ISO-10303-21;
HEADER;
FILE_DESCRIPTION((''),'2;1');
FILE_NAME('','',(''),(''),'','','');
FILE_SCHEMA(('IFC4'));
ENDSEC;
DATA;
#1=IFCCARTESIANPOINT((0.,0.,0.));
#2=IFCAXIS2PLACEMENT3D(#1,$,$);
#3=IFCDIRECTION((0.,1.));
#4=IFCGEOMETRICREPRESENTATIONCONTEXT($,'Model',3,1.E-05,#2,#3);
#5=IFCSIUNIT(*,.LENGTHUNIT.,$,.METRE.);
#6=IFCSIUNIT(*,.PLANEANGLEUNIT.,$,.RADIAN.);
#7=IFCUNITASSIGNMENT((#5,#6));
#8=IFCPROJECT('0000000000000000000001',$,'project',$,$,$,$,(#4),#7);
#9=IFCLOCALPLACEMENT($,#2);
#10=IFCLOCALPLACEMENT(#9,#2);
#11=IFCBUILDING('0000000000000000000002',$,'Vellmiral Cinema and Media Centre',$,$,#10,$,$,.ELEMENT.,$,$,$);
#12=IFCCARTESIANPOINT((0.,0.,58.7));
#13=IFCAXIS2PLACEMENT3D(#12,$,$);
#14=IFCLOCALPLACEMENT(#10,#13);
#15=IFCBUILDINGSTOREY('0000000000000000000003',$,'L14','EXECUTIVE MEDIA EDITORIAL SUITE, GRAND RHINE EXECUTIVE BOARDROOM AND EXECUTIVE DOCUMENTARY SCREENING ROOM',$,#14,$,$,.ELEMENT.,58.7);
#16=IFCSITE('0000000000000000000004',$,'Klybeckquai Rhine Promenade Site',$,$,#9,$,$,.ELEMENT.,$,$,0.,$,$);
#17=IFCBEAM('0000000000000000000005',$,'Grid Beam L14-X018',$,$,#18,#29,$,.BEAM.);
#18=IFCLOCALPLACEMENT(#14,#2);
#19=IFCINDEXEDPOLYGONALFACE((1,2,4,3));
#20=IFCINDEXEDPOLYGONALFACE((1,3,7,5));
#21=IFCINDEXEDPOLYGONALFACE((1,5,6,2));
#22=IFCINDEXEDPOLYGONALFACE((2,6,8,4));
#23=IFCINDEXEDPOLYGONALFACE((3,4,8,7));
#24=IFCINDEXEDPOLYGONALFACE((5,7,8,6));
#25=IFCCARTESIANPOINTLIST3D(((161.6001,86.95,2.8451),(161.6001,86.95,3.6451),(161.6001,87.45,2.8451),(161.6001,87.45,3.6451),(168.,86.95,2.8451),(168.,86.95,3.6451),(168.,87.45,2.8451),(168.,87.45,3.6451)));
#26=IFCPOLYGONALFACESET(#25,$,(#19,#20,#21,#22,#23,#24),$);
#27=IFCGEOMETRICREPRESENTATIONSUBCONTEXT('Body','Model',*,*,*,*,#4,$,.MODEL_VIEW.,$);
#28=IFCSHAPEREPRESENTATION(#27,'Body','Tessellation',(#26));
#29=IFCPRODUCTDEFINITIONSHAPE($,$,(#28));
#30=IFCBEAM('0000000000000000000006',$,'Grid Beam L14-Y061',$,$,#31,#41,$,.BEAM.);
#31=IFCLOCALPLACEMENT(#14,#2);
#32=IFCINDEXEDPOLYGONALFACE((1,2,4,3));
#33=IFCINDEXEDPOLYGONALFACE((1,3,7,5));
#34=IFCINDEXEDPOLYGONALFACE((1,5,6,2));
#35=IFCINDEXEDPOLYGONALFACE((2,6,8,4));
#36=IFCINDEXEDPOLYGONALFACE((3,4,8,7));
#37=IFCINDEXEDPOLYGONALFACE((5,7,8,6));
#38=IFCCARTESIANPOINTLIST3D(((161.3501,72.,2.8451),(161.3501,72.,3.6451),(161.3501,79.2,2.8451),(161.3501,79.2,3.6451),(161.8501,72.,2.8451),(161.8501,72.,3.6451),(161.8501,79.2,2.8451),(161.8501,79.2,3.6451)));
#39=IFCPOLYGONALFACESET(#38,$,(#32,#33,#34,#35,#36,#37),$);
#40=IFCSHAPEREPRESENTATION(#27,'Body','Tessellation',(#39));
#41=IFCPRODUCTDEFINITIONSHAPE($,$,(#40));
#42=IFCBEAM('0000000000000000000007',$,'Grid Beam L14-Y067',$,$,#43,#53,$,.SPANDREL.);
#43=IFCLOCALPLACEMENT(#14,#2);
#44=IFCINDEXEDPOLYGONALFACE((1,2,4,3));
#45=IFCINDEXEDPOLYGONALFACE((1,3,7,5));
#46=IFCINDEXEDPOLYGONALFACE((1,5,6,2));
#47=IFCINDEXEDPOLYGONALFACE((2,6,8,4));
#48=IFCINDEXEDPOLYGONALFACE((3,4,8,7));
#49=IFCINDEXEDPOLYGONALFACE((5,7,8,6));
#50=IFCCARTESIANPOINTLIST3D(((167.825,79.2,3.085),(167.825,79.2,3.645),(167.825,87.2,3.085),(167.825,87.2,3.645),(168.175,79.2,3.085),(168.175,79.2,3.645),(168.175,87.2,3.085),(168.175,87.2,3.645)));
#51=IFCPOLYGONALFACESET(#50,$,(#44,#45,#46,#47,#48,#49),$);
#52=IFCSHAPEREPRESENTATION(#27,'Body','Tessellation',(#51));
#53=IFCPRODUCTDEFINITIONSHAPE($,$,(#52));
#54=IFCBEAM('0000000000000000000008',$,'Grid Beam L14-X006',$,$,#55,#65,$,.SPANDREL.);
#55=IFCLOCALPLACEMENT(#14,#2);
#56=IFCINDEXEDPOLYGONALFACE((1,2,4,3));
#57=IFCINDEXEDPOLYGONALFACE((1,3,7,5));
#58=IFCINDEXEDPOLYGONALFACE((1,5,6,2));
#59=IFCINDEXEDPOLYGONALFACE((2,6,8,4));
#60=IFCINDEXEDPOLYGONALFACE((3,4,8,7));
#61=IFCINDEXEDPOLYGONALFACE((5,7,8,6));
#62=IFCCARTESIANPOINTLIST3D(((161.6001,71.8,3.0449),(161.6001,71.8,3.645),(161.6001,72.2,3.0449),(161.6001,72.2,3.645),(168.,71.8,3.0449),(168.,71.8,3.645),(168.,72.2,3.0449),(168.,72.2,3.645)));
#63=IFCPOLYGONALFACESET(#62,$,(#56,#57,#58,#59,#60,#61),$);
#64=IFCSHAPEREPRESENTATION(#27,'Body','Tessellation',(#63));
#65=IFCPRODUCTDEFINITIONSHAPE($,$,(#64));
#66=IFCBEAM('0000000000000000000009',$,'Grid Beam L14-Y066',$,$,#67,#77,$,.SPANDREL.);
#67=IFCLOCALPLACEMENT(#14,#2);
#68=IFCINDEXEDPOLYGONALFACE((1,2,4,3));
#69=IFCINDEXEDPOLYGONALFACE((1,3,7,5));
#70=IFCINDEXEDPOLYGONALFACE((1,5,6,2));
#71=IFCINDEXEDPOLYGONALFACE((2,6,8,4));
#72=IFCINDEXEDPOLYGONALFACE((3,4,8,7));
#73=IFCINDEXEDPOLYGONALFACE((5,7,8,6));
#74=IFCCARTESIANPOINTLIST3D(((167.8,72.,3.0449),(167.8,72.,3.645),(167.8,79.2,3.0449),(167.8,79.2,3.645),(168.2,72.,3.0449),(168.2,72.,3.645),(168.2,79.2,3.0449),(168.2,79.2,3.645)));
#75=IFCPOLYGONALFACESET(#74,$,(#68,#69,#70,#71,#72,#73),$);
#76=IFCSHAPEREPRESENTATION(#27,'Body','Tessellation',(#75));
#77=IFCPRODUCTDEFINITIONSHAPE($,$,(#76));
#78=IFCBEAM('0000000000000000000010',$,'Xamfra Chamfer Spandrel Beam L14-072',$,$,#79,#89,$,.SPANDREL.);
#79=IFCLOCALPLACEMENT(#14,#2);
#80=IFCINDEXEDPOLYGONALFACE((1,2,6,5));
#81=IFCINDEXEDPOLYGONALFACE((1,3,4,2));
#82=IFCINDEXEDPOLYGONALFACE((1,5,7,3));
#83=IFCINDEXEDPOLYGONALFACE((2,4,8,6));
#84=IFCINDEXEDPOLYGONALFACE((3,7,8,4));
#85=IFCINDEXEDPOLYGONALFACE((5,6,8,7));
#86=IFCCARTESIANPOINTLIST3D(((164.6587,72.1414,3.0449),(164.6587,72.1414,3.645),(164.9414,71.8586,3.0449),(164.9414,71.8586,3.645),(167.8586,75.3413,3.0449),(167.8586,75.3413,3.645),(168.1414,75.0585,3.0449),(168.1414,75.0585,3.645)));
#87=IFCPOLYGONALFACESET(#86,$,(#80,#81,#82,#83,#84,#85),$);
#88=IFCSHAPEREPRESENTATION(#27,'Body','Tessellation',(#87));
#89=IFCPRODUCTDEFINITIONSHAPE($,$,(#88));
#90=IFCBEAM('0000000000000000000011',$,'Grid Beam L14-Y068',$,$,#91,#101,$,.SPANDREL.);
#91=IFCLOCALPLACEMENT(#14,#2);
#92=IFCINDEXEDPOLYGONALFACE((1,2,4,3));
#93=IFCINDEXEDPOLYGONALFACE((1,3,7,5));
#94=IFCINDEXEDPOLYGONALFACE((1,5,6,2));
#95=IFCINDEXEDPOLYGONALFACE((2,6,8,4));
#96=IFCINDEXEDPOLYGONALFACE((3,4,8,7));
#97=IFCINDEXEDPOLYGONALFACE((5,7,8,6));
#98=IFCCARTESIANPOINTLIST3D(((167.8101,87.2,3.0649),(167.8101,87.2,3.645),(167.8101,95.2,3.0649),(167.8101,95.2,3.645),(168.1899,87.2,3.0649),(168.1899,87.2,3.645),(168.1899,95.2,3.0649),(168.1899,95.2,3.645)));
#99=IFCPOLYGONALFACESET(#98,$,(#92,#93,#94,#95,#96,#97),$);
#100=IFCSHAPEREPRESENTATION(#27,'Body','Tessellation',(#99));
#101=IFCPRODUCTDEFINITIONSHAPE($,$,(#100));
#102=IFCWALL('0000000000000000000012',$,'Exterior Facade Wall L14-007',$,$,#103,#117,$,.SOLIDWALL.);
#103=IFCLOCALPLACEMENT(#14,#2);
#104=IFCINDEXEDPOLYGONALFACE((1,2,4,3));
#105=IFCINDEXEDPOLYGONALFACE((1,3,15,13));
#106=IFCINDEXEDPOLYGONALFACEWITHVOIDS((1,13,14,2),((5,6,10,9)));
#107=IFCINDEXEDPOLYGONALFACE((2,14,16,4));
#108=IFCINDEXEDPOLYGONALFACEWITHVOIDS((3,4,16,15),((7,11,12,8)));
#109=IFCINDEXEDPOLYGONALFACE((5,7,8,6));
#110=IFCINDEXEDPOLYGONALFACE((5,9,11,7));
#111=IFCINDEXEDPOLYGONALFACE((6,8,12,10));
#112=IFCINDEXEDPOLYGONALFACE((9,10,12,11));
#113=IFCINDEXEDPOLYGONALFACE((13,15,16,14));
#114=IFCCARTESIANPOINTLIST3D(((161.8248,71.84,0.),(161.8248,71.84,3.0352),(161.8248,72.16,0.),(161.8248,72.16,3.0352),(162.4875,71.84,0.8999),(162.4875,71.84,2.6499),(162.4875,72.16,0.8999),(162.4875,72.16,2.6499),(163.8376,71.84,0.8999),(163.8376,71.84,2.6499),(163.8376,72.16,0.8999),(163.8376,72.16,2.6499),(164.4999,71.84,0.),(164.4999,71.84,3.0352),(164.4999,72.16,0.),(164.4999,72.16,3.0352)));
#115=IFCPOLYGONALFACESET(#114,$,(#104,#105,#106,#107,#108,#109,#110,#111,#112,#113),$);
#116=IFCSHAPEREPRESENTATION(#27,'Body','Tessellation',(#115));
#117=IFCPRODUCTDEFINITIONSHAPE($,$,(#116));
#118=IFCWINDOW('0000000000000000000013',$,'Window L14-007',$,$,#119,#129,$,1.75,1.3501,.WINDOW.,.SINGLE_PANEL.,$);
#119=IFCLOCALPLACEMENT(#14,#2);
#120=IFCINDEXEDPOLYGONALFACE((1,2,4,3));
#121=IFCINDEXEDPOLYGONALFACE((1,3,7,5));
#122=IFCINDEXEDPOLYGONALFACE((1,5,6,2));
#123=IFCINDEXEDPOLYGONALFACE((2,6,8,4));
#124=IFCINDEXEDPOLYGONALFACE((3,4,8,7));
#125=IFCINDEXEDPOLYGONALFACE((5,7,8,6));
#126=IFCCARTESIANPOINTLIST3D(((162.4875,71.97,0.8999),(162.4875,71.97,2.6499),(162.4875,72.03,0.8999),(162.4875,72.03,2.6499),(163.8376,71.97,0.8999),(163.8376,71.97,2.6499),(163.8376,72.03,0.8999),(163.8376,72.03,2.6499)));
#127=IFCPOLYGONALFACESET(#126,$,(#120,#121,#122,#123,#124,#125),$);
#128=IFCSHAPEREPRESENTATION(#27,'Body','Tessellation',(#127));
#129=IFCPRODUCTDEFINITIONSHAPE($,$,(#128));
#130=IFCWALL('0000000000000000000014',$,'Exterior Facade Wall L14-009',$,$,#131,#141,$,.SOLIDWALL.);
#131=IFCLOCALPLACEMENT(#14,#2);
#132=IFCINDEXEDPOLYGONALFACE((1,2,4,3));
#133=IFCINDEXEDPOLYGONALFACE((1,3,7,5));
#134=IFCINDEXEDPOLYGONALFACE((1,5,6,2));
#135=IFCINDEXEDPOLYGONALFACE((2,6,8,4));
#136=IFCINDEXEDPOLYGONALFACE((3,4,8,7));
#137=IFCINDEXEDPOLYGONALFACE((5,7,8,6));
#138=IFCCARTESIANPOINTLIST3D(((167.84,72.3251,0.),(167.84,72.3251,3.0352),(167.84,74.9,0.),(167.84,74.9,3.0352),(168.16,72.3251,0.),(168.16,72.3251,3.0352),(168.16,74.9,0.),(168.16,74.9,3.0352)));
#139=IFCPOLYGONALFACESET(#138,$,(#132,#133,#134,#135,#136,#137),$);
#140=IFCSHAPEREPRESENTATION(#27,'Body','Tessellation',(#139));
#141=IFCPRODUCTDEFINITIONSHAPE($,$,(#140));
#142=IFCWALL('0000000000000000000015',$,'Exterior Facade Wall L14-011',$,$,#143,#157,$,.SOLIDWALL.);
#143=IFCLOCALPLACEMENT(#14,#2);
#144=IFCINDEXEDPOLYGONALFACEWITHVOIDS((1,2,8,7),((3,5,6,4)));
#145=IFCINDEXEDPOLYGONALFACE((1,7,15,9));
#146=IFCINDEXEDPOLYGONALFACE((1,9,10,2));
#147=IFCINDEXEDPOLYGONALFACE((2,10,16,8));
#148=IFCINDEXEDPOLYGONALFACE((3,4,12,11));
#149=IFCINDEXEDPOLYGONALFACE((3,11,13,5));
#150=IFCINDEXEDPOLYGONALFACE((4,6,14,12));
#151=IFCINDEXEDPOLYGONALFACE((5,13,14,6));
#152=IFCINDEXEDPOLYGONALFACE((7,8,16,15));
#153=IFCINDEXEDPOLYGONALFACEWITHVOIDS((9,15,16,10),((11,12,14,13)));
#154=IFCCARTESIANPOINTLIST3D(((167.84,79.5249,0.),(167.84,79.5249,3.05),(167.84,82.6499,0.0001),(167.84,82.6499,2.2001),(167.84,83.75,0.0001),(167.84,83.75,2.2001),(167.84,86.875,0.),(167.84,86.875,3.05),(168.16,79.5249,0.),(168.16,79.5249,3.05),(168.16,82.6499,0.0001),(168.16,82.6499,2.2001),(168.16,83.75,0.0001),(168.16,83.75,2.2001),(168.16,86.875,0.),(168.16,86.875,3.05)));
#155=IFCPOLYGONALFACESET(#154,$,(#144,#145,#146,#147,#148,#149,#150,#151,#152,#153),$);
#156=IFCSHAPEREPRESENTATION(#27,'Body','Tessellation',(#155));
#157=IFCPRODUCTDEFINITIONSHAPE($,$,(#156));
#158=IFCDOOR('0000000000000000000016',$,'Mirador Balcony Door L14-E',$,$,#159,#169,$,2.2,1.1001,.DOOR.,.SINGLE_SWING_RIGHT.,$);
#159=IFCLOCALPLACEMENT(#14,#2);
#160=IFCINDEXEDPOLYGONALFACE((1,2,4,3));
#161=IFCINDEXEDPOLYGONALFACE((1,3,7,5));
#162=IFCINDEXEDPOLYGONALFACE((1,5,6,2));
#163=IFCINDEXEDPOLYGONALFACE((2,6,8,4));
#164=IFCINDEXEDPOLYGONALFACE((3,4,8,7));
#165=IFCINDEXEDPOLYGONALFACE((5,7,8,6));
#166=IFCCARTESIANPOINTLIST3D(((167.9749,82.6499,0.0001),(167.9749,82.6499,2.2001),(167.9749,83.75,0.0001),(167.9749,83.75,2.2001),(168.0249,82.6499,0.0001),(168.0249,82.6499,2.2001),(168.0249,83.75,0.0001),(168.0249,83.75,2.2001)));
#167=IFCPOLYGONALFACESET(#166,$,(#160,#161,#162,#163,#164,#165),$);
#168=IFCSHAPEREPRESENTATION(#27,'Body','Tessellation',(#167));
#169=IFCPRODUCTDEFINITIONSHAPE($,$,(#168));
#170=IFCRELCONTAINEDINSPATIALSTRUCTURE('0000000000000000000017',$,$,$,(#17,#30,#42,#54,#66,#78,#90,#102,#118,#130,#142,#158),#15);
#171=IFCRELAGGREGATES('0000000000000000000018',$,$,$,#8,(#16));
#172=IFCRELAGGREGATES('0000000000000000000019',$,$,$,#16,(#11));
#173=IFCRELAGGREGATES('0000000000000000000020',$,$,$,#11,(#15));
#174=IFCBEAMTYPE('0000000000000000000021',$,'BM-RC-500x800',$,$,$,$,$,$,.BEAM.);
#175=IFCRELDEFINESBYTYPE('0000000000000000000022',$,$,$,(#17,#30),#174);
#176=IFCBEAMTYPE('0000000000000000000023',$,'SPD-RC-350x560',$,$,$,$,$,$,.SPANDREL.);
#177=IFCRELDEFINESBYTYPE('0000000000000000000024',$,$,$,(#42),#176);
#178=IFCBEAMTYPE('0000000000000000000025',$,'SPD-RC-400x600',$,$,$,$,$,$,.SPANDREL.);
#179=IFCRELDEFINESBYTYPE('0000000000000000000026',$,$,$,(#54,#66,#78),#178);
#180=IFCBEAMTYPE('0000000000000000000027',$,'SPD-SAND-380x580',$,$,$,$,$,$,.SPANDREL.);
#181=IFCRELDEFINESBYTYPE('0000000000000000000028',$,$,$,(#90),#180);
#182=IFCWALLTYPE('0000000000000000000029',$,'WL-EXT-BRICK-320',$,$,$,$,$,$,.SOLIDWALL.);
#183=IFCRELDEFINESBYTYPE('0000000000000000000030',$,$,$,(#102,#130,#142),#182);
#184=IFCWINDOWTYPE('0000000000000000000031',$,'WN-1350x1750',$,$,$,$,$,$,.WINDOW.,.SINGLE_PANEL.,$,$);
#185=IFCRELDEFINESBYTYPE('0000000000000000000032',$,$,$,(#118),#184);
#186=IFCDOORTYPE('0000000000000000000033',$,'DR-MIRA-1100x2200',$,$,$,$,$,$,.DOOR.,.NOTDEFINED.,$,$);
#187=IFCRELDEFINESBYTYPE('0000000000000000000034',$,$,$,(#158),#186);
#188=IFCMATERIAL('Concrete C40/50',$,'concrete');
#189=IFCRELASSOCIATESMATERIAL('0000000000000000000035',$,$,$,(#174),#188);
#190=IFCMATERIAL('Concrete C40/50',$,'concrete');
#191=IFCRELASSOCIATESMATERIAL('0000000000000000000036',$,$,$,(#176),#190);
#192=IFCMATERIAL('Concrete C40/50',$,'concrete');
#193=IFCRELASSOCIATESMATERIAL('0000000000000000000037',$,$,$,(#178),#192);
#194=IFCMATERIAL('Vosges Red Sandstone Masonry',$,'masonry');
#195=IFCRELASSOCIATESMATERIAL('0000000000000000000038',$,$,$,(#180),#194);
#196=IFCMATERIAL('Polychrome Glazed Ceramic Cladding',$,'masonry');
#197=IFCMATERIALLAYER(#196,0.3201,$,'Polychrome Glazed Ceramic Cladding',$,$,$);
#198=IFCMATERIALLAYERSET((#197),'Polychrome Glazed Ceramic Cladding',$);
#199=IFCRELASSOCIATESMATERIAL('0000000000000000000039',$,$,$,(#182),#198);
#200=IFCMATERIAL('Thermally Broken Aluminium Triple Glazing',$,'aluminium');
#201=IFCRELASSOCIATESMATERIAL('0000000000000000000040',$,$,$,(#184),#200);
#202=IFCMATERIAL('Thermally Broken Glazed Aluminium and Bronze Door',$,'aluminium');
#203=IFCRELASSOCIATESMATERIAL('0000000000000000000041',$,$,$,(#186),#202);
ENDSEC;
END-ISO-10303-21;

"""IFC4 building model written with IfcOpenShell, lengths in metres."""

from ifc_helpers import new_model, si_unit, direction, frame, frame_2d, origin, origin_2d, place, context, subcontext, project, spatial, rectangle, extrude, material, layer, layer_set, material_profile, profile_set, type_object, element, fill, save


model = new_model("IFC4")

# Units and contexts
model_context = context("Model", 3, precision=1e-05, world=origin(), true_north=direction((0.0, 1.0)))
body_context = subcontext(model_context, "Body", "Model", "MODEL_VIEW")
ifc_project = project(units=[si_unit("LENGTHUNIT", "METRE"), si_unit("PLANEANGLEUNIT", "RADIAN")], contexts=[model_context])

# Site, building, storey
site_placement = place(None, origin())
site = spatial("IfcSite", under=ifc_project, at=site_placement, Name="Klybeckquai Rhine Promenade Site", CompositionType="ELEMENT", RefElevation=0.0)
building_placement = place(site_placement, origin())
building = spatial("IfcBuilding", under=site, at=building_placement, Name="Vellmiral Cinema and Media Centre", CompositionType="ELEMENT")
storey_placement = place(building_placement, frame((0.0, 0.0, 58.7)))
storey = spatial("IfcBuildingStorey", under=building, at=storey_placement, Name="L14", Description="EXECUTIVE MEDIA EDITORIAL SUITE, GRAND RHINE EXECUTIVE BOARDROOM AND EXECUTIVE DOCUMENTARY SCREENING ROOM", CompositionType="ELEMENT", Elevation=58.7)

# Beams
ifc_material_1 = material(Name="Concrete C40/50", Category="concrete")
ifc_material_profile_1 = material_profile(ifc_material_1, rectangle(XDim=0.5, YDim=0.8, at=origin_2d()), Name="RC 500x800")
ifc_profile_set_1 = profile_set([ifc_material_profile_1], Name="Concrete C40/50")
beam_type_1 = type_object("IfcBeamType", Name="BM-RC-500x800", PredefinedType="BEAM", material=ifc_profile_set_1)
beam_1_placement = place(storey_placement, frame((161.6001, 87.2, 3.2451), z_axis=(1.0, 0.0, 0.0), x_axis=(0.0, 1.0, 0.0)))
element("IfcBeam", 1, at=beam_1_placement, inside=storey, type_object=beam_type_1, Name="Grid Beam L14-X018", PredefinedType="BEAM", context=body_context, shape_type="SweptSolid", body=[
    extrude(rectangle(XDim=0.5, YDim=0.8, at=origin_2d()), origin(), (0.0, 0.0, 1.0), 6.3999),
])
beam_2_placement = place(storey_placement, frame((161.6001, 72.0, 3.2451), z_axis=(0.0, 1.0, 0.0), x_axis=(-1.0, 0.0, 0.0)))
element("IfcBeam", 2, at=beam_2_placement, inside=storey, type_object=beam_type_1, Name="Grid Beam L14-Y061", PredefinedType="BEAM", context=body_context, shape_type="SweptSolid", body=[
    extrude(rectangle(XDim=0.5, YDim=0.8, at=origin_2d()), origin(), (0.0, 0.0, 1.0), 7.2),
])
ifc_material_2 = material(Name="Concrete C40/50", Category="concrete")
ifc_material_profile_2 = material_profile(ifc_material_2, rectangle(XDim=0.3501, YDim=0.5601, at=origin_2d()), Name="RC 350x560")
ifc_profile_set_2 = profile_set([ifc_material_profile_2], Name="Concrete C40/50")
beam_type_2 = type_object("IfcBeamType", Name="SPD-RC-350x560", PredefinedType="SPANDREL", material=ifc_profile_set_2)
beam_3_placement = place(storey_placement, frame((168.0, 79.2, 3.365), z_axis=(0.0, 1.0, 0.0), x_axis=(-1.0, 0.0, 0.0)))
element("IfcBeam", 3, at=beam_3_placement, inside=storey, type_object=beam_type_2, Name="Grid Beam L14-Y067", PredefinedType="SPANDREL", context=body_context, shape_type="SweptSolid", body=[
    extrude(rectangle(XDim=0.3501, YDim=0.5601, at=origin_2d()), origin(), (0.0, 0.0, 1.0), 8.0),
])
ifc_material_3 = material(Name="Concrete C40/50", Category="concrete")
ifc_material_profile_3 = material_profile(ifc_material_3, rectangle(XDim=0.3999, YDim=0.6001, at=origin_2d()), Name="RC 400x600")
ifc_profile_set_3 = profile_set([ifc_material_profile_3], Name="Concrete C40/50")
beam_type_3 = type_object("IfcBeamType", Name="SPD-RC-400x600", PredefinedType="SPANDREL", material=ifc_profile_set_3)
beam_4_placement = place(storey_placement, frame((161.6001, 72.0, 3.345), z_axis=(1.0, 0.0, 0.0), x_axis=(0.0, 1.0, 0.0)))
element("IfcBeam", 4, at=beam_4_placement, inside=storey, type_object=beam_type_3, Name="Grid Beam L14-X006", PredefinedType="SPANDREL", context=body_context, shape_type="SweptSolid", body=[
    extrude(rectangle(XDim=0.3999, YDim=0.6001, at=origin_2d()), origin(), (0.0, 0.0, 1.0), 6.3999),
])
beam_5_placement = place(storey_placement, frame((168.0, 72.0, 3.345), z_axis=(0.0, 1.0, 0.0), x_axis=(-1.0, 0.0, 0.0)))
element("IfcBeam", 5, at=beam_5_placement, inside=storey, type_object=beam_type_3, Name="Grid Beam L14-Y066", PredefinedType="SPANDREL", context=body_context, shape_type="SweptSolid", body=[
    extrude(rectangle(XDim=0.3999, YDim=0.6001, at=origin_2d()), origin(), (0.0, 0.0, 1.0), 7.2),
])
beam_6_placement = place(storey_placement, frame((164.8, 72.0, 3.345), z_axis=(0.707107, 0.707107, 0.0), x_axis=(-0.707107, 0.707107, 0.0)))
element("IfcBeam", 6, at=beam_6_placement, inside=storey, type_object=beam_type_3, Name="Xamfra Chamfer Spandrel Beam L14-072", PredefinedType="SPANDREL", context=body_context, shape_type="SweptSolid", body=[
    extrude(rectangle(XDim=0.3999, YDim=0.6001, at=origin_2d()), origin(), (0.0, 0.0, 1.0), 4.5254),
])
ifc_material_4 = material(Name="Vosges Red Sandstone Masonry", Category="masonry")
ifc_material_profile_4 = material_profile(ifc_material_4, rectangle(XDim=0.3799, YDim=0.5801, at=origin_2d()), Name="SAND 380x580")
ifc_profile_set_4 = profile_set([ifc_material_profile_4], Name="Vosges Red Sandstone Masonry")
beam_type_4 = type_object("IfcBeamType", Name="SPD-SAND-380x580", PredefinedType="SPANDREL", material=ifc_profile_set_4)
beam_7_placement = place(storey_placement, frame((168.0, 87.2, 3.355), z_axis=(0.0, 1.0, 0.0), x_axis=(-1.0, 0.0, 0.0)))
element("IfcBeam", 7, at=beam_7_placement, inside=storey, type_object=beam_type_4, Name="Grid Beam L14-Y068", PredefinedType="SPANDREL", context=body_context, shape_type="SweptSolid", body=[
    extrude(rectangle(XDim=0.3799, YDim=0.5801, at=origin_2d()), origin(), (0.0, 0.0, 1.0), 8.0),
])

# Wall, opening, window
ifc_material_5 = material(Name="Polychrome Glazed Ceramic Cladding", Category="masonry")
ifc_layer_1 = layer(ifc_material_5, 0.3201, Name="Polychrome Glazed Ceramic Cladding")
ifc_layer_set_1 = layer_set([ifc_layer_1], Name="Polychrome Glazed Ceramic Cladding")
wall_type_1 = type_object("IfcWallType", Name="WL-EXT-BRICK-320", PredefinedType="SOLIDWALL", material=ifc_layer_set_1)
wall_1_placement = place(storey_placement, frame((161.825, 72.0, 0.0), z_axis=(0.0, 0.0, 1.0), x_axis=(1.0, 0.0, 0.0)))
wall_1 = element("IfcWall", 8, at=wall_1_placement, inside=storey, type_object=wall_type_1, Name="Exterior Facade Wall L14-007", PredefinedType="SOLIDWALL", context=body_context, shape_type="SweptSolid", body=[
    extrude(rectangle(XDim=2.675, YDim=0.3201, at=frame_2d((1.3374, 0.0))), origin(), (0.0, 0.0, 1.0), 3.0352),
])
opening_1_placement = place(wall_1_placement, frame((0.6626, 0.0, 0.8999)))
opening_1 = element("IfcOpeningElement", 9, at=opening_1_placement, cuts=wall_1, PredefinedType="OPENING", context=body_context, shape_type="SweptSolid", body=[
    extrude(rectangle(XDim=1.3501, YDim=1.75, at=frame_2d((0.675, 0.875))), frame((0.0, 0.1719, 0.0), z_axis=(0.0, -1.0, 0.0), x_axis=(1.0, 0.0, 0.0)), (0.0, 0.0, 1.0), 0.344),
])
ifc_material_6 = material(Name="Thermally Broken Aluminium Triple Glazing", Category="aluminium")
window_type_1 = type_object("IfcWindowType", Name="WN-1350x1750", PartitioningType="SINGLE_PANEL", PredefinedType="WINDOW", material=ifc_material_6)
window_1_placement = place(opening_1_placement, origin())
window_1 = element("IfcWindow", 10, at=window_1_placement, inside=storey, type_object=window_type_1, Name="Window L14-007", OverallHeight=1.75, OverallWidth=1.3501, PartitioningType="SINGLE_PANEL", PredefinedType="WINDOW", context=body_context, shape_type="SweptSolid", body=[
    extrude(rectangle(XDim=1.3501, YDim=1.75, at=frame_2d((0.675, 0.875))), frame((0.0, 0.03, 0.0), z_axis=(0.0, -1.0, 0.0), x_axis=(1.0, 0.0, 0.0)), (0.0, 0.0, 1.0), 0.0601),
])
fill(opening_1, window_1)

# Wall
wall_2_placement = place(storey_placement, frame((168.0, 72.325, 0.0), z_axis=(0.0, 0.0, 1.0), x_axis=(0.0, 1.0, 0.0)))
element("IfcWall", 11, at=wall_2_placement, inside=storey, type_object=wall_type_1, Name="Exterior Facade Wall L14-009", PredefinedType="SOLIDWALL", context=body_context, shape_type="SweptSolid", body=[
    extrude(rectangle(XDim=2.575, YDim=0.3201, at=frame_2d((1.2876, 0.0))), origin(), (0.0, 0.0, 1.0), 3.0352),
])

# Wall, opening, door
wall_3_placement = place(storey_placement, frame((168.0, 79.5249, 0.0), z_axis=(0.0, 0.0, 1.0), x_axis=(0.0, 1.0, 0.0)))
wall_3 = element("IfcWall", 12, at=wall_3_placement, inside=storey, type_object=wall_type_1, Name="Exterior Facade Wall L14-011", PredefinedType="SOLIDWALL", context=body_context, shape_type="SweptSolid", body=[
    extrude(rectangle(XDim=7.3501, YDim=0.3201, at=frame_2d((3.675, 0.0))), origin(), (0.0, 0.0, 1.0), 3.05),
])
opening_2_placement = place(wall_3_placement, frame((3.125, 0.0, 0.0)))
opening_2 = element("IfcOpeningElement", 13, at=opening_2_placement, cuts=wall_3, PredefinedType="OPENING", context=body_context, shape_type="SweptSolid", body=[
    extrude(rectangle(XDim=1.1001, YDim=2.2, at=frame_2d((0.55, 1.1001))), frame((0.0, 0.1719, 0.0), z_axis=(0.0, -1.0, 0.0), x_axis=(1.0, 0.0, 0.0)), (0.0, 0.0, 1.0), 0.344),
])
ifc_material_7 = material(Name="Thermally Broken Glazed Aluminium and Bronze Door", Category="aluminium")
door_type = type_object("IfcDoorType", Name="DR-MIRA-1100x2200", OperationType="NOTDEFINED", PredefinedType="DOOR", material=ifc_material_7)
door_placement = place(opening_2_placement, frame((1.1001, 0.0, 0.0), z_axis=(0.0, 0.0, 1.0), x_axis=(-1.0, 0.0, 0.0)))
door = element("IfcDoor", 14, at=door_placement, inside=storey, type_object=door_type, Name="Mirador Balcony Door L14-E", OperationType="SINGLE_SWING_RIGHT", OverallHeight=2.2, OverallWidth=1.1001, PredefinedType="DOOR", context=body_context, shape_type="SweptSolid", body=[
    extrude(rectangle(XDim=1.1001, YDim=2.2, at=frame_2d((0.55, 1.1001))), frame((0.0, 0.0249, 0.0), z_axis=(0.0, -1.0, 0.0), x_axis=(1.0, 0.0, 0.0)), (0.0, 0.0, 1.0), 0.05),
])
fill(opening_2, door)

save(model, "model.ifc")
